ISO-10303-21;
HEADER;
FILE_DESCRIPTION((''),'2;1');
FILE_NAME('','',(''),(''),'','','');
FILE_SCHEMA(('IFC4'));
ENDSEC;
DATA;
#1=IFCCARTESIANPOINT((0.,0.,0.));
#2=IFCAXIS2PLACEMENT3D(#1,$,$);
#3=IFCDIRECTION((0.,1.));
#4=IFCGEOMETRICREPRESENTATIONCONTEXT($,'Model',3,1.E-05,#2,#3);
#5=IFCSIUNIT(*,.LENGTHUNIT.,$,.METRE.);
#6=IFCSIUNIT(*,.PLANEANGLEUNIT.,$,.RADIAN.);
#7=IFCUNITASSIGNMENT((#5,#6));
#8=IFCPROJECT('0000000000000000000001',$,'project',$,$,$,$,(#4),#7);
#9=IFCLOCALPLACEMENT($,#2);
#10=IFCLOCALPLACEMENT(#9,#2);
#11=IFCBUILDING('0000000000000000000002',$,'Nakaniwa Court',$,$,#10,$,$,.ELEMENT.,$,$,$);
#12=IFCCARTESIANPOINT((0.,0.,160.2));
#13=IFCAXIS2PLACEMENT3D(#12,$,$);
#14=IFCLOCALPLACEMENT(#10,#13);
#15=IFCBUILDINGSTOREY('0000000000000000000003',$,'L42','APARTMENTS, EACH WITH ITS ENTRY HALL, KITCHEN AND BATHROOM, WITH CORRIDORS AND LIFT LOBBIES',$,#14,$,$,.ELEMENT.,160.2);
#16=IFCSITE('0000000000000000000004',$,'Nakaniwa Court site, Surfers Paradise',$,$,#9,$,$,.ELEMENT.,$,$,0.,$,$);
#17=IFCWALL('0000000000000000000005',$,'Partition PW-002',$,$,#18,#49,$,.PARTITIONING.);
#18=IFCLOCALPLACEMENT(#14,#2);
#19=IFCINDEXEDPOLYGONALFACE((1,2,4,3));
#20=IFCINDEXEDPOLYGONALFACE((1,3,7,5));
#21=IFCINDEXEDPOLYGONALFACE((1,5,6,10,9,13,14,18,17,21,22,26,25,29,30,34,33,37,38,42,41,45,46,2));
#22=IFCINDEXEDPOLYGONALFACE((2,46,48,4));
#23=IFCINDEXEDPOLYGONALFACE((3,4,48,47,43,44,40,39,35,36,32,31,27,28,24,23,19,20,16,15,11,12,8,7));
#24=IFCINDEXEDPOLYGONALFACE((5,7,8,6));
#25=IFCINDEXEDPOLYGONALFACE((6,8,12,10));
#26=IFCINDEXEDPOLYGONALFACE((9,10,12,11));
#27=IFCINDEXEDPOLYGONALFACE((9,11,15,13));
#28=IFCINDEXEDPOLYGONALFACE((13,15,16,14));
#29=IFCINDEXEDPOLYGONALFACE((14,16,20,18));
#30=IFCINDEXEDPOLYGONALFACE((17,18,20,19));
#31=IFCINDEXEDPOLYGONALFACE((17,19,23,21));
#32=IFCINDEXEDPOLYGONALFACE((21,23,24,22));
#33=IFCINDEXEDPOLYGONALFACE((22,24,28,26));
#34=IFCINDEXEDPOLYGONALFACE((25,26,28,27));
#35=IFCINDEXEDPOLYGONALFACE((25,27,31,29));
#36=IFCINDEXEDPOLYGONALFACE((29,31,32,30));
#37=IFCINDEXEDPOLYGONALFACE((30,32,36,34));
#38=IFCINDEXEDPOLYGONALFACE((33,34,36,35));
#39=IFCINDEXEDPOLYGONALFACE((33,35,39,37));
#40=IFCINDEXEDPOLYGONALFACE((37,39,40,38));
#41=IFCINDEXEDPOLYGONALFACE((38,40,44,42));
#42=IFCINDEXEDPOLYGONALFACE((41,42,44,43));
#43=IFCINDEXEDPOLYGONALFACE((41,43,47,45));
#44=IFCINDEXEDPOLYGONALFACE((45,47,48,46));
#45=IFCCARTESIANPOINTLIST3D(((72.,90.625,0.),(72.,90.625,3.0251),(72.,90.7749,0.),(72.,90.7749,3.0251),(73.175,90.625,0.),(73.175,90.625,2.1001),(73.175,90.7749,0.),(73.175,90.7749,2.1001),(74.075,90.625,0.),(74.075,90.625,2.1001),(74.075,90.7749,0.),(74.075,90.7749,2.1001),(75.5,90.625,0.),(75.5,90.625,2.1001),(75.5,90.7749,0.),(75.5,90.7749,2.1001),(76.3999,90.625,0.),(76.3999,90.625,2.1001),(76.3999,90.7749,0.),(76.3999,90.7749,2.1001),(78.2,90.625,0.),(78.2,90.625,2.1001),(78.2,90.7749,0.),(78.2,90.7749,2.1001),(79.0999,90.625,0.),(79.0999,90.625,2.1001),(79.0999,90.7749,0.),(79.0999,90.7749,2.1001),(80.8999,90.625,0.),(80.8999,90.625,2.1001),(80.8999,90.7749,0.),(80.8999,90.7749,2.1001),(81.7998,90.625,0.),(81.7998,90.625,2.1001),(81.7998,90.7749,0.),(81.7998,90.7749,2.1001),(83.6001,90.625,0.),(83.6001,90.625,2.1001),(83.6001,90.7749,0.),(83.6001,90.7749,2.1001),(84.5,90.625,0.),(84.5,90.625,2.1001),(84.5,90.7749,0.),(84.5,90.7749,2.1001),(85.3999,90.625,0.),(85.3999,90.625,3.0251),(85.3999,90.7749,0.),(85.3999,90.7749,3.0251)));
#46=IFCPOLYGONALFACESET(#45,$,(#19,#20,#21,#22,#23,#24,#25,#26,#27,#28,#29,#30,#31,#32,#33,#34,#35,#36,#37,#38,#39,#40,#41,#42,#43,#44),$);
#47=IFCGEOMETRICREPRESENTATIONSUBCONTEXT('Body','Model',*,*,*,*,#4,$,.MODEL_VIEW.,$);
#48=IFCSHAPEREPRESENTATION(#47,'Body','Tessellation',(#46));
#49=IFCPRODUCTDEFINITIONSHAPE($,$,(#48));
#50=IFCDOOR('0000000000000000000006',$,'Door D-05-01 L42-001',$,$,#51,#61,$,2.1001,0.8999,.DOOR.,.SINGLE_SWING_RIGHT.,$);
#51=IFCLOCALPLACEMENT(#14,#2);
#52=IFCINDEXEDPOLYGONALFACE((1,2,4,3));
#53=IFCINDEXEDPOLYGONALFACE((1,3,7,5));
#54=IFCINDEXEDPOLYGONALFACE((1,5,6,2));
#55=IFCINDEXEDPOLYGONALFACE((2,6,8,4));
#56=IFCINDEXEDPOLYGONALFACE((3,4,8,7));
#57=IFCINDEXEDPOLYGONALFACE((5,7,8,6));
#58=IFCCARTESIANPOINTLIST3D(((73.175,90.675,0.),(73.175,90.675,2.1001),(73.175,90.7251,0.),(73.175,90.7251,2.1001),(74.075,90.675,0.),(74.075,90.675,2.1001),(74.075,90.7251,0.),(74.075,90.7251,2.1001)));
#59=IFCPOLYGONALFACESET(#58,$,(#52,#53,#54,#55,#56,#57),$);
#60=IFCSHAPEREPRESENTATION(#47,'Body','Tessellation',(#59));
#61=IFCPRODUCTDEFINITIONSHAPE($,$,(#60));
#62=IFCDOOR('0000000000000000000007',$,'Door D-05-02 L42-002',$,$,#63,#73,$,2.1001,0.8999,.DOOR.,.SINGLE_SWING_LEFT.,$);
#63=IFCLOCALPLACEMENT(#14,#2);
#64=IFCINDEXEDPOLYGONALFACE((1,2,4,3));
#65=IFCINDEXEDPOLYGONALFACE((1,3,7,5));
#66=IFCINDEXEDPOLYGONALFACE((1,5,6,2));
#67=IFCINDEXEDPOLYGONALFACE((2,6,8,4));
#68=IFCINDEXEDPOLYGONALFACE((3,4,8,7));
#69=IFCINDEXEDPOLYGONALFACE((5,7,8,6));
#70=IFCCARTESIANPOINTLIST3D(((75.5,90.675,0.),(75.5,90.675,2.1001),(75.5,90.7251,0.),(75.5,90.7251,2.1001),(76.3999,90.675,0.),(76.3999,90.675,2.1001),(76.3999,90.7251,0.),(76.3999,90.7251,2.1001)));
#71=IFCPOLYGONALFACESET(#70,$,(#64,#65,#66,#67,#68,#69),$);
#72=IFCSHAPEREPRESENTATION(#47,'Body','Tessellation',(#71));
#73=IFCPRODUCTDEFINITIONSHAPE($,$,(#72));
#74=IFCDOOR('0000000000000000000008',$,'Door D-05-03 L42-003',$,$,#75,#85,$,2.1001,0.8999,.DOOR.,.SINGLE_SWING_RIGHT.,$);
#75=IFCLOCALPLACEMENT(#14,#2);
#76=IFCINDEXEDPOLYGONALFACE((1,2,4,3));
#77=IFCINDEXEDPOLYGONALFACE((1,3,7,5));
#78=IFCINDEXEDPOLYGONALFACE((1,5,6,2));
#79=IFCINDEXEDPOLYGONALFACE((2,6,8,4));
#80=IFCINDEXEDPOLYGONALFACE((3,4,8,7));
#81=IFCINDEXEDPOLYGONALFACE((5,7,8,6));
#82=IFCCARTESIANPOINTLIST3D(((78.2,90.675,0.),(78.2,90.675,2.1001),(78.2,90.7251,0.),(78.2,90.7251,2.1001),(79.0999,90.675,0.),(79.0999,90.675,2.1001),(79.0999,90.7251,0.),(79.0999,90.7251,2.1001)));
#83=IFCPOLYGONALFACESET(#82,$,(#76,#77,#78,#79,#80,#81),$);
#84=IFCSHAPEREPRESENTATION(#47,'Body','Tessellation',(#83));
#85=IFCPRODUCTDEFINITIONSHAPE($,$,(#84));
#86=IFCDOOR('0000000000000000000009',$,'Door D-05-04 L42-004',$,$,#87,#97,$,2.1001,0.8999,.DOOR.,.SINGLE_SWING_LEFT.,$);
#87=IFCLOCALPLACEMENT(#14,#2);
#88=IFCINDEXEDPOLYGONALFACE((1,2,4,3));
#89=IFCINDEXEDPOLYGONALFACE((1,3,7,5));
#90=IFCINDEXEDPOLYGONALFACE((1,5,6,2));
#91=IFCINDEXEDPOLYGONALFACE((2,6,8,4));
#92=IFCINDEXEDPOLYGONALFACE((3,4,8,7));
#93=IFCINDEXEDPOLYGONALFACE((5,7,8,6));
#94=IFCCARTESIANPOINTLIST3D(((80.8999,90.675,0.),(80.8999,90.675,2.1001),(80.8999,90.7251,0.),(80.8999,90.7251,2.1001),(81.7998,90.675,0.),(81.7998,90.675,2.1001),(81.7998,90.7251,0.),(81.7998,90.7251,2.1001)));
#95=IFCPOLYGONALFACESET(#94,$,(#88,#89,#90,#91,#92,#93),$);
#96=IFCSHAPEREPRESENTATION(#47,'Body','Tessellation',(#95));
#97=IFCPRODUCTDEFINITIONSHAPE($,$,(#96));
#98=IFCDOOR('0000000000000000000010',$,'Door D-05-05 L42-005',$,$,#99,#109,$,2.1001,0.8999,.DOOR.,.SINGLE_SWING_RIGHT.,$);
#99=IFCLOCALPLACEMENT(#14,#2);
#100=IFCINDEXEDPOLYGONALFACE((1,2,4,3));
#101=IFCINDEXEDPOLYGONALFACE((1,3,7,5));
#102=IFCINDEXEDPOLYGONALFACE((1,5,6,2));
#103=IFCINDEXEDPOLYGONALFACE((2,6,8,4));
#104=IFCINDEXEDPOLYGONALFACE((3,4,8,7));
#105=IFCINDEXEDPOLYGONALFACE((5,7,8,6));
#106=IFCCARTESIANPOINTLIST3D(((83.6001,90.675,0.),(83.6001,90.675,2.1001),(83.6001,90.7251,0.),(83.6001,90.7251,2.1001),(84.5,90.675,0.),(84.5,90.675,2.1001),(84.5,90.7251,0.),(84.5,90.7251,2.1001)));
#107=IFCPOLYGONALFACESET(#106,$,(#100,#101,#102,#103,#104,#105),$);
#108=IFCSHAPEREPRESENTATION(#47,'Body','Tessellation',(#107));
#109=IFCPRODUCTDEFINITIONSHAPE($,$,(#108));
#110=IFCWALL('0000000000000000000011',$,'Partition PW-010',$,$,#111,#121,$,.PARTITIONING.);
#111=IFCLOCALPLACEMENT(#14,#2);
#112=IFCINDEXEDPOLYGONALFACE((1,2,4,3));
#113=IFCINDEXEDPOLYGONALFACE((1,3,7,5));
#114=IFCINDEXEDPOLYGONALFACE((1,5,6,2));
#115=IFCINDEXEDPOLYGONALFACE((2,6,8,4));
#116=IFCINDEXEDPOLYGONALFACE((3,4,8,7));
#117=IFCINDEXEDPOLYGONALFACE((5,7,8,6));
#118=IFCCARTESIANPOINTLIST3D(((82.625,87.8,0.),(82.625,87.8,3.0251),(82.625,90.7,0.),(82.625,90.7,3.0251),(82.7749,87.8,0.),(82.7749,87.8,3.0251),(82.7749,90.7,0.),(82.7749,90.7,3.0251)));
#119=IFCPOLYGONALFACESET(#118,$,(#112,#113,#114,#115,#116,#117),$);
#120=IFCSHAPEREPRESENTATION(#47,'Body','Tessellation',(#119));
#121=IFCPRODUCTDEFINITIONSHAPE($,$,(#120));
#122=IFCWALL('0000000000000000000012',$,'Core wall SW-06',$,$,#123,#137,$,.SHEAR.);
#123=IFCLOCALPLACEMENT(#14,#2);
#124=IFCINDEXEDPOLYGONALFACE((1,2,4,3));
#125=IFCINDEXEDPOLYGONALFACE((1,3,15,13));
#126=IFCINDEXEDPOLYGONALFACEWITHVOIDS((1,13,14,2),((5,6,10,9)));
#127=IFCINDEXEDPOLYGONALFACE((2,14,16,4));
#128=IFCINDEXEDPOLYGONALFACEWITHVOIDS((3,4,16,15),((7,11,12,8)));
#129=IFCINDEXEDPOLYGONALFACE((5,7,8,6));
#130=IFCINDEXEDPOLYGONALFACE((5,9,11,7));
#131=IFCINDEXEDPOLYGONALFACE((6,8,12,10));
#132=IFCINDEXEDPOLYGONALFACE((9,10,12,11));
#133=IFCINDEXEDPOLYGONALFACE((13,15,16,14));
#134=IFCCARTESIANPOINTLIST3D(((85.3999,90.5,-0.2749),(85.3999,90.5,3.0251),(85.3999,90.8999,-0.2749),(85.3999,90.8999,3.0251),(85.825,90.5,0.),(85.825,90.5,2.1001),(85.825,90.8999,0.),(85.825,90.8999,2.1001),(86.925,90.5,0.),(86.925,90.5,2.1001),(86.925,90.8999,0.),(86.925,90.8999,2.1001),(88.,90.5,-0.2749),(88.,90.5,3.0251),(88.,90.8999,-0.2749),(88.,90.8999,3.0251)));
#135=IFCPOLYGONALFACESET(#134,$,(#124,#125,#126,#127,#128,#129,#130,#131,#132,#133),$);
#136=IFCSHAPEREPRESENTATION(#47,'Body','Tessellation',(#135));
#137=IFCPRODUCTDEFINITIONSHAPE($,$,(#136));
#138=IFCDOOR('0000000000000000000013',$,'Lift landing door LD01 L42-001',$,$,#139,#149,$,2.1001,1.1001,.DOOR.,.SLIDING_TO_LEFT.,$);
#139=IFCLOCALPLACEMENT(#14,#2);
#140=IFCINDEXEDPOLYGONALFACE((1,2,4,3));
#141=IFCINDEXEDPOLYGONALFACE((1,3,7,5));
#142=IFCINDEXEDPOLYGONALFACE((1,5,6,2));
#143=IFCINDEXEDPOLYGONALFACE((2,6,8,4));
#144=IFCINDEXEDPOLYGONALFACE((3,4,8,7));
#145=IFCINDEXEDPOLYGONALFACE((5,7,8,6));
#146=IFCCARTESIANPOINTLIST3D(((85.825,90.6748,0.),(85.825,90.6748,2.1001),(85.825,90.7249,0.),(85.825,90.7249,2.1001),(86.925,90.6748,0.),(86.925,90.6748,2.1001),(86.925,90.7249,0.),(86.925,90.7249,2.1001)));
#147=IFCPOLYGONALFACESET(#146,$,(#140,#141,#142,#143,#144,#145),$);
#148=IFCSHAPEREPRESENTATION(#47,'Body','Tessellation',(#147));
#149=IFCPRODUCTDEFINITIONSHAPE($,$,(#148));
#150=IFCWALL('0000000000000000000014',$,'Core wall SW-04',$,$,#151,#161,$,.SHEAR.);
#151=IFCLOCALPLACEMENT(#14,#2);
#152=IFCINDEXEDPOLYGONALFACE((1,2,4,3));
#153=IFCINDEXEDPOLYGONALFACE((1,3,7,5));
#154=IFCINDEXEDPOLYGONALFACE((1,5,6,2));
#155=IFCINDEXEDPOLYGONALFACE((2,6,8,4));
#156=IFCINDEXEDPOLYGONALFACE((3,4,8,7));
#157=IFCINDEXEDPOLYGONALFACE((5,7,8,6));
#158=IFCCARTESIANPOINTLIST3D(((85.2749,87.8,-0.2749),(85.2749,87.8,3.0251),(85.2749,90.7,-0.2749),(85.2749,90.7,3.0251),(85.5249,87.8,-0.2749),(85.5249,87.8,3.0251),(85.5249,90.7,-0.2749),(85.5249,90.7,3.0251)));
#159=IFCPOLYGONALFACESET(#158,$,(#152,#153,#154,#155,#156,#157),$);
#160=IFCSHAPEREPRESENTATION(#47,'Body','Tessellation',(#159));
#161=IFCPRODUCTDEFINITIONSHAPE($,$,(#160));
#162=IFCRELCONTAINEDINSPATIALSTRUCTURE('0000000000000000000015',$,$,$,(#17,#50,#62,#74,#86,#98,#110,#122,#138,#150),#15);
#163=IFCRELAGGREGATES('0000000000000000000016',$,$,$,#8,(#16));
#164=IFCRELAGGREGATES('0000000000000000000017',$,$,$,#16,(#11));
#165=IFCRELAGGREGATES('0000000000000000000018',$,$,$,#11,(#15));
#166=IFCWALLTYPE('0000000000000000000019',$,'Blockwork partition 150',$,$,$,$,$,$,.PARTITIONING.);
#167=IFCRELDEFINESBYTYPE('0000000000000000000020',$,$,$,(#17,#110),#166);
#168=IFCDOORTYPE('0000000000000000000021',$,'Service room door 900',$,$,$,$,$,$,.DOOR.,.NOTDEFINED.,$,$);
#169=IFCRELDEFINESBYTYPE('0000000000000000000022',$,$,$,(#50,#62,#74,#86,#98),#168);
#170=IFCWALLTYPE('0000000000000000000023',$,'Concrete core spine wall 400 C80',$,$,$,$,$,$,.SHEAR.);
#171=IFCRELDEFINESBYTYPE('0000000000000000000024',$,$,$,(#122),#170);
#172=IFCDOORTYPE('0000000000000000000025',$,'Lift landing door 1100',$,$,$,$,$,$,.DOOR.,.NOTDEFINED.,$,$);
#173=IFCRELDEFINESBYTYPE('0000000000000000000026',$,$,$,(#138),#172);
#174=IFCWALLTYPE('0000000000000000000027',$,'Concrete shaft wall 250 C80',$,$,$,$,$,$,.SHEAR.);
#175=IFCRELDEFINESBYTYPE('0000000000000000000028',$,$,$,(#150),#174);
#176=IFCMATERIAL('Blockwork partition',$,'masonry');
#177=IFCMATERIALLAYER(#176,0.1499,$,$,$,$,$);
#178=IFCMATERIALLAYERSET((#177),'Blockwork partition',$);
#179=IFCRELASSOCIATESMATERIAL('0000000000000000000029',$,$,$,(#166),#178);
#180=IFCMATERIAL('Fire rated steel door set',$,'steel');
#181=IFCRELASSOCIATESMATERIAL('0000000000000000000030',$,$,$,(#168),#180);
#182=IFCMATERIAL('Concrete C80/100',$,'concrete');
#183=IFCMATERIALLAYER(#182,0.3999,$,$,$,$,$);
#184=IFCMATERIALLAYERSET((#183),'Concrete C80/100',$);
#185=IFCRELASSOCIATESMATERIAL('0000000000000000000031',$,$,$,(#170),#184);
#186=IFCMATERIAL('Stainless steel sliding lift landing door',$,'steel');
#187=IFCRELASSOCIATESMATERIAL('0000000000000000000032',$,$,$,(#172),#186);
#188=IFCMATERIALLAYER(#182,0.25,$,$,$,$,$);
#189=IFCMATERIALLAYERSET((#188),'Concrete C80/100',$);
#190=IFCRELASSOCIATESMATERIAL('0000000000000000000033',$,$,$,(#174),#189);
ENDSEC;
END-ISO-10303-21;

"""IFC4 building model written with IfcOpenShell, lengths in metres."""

from ifc_helpers import new_model, si_unit, direction, frame, frame_2d, origin, place, context, subcontext, project, spatial, rectangle, extrude, material, layer, layer_set, type_object, element, fill, save


model = new_model("IFC4")

# Units and contexts
model_context = context("Model", 3, precision=1e-05, world=origin(), true_north=direction((0.0, 1.0)))
body_context = subcontext(model_context, "Body", "Model", "MODEL_VIEW")
ifc_project = project(units=[si_unit("LENGTHUNIT", "METRE"), si_unit("PLANEANGLEUNIT", "RADIAN")], contexts=[model_context])

# Site, building, storey
site_placement = place(None, origin())
site = spatial("IfcSite", under=ifc_project, at=site_placement, Name="Nakaniwa Court site, Surfers Paradise", CompositionType="ELEMENT", RefElevation=0.0)
building_placement = place(site_placement, origin())
building = spatial("IfcBuilding", under=site, at=building_placement, Name="Nakaniwa Court", CompositionType="ELEMENT")
storey_placement = place(building_placement, frame((0.0, 0.0, 160.2)))
storey = spatial("IfcBuildingStorey", under=building, at=storey_placement, Name="L42", Description="APARTMENTS, EACH WITH ITS ENTRY HALL, KITCHEN AND BATHROOM, WITH CORRIDORS AND LIFT LOBBIES", CompositionType="ELEMENT", Elevation=160.2)

# Shared definitions
ifc_material_1 = material(Name="Concrete C80/100", Category="concrete")

# Wall, openings, doors
ifc_material_2 = material(Name="Blockwork partition", Category="masonry")
ifc_layer_1 = layer(ifc_material_2, 0.1499)
ifc_layer_set_1 = layer_set([ifc_layer_1], Name="Blockwork partition")
wall_type_1 = type_object("IfcWallType", Name="Blockwork partition 150", PredefinedType="PARTITIONING", material=ifc_layer_set_1)
wall_1_placement = place(storey_placement, frame((85.3999, 90.7, 0.0), z_axis=(0.0, 0.0, 1.0), x_axis=(-1.0, 0.0, 0.0)))
wall_1 = element("IfcWall", 1, at=wall_1_placement, inside=storey, type_object=wall_type_1, Name="Partition PW-002", PredefinedType="PARTITIONING", context=body_context, shape_type="SweptSolid", body=[
    extrude(rectangle(XDim=13.3999, YDim=0.1499, at=frame_2d((6.7, 0.0))), origin(), (0.0, 0.0, 1.0), 3.0251),
])
opening_1_placement = place(wall_1_placement, frame((11.325, 0.0, 0.0)))
opening_1 = element("IfcOpeningElement", 2, at=opening_1_placement, cuts=wall_1, PredefinedType="OPENING", context=body_context, shape_type="SweptSolid", body=[
    extrude(rectangle(XDim=0.8999, YDim=2.1001, at=frame_2d((0.45, 1.05))), frame((0.0, 0.085, 0.0), z_axis=(0.0, -1.0, 0.0), x_axis=(1.0, 0.0, 0.0)), (0.0, 0.0, 1.0), 0.1699),
])
opening_2_placement = place(wall_1_placement, frame((9.0, 0.0, 0.0)))
opening_2 = element("IfcOpeningElement", 3, at=opening_2_placement, cuts=wall_1, PredefinedType="OPENING", context=body_context, shape_type="SweptSolid", body=[
    extrude(rectangle(XDim=0.8999, YDim=2.1001, at=frame_2d((0.45, 1.05))), frame((0.0, 0.085, 0.0), z_axis=(0.0, -1.0, 0.0), x_axis=(1.0, 0.0, 0.0)), (0.0, 0.0, 1.0), 0.1699),
])
opening_3_placement = place(wall_1_placement, frame((6.3, 0.0, 0.0)))
opening_3 = element("IfcOpeningElement", 4, at=opening_3_placement, cuts=wall_1, PredefinedType="OPENING", context=body_context, shape_type="SweptSolid", body=[
    extrude(rectangle(XDim=0.8999, YDim=2.1001, at=frame_2d((0.45, 1.05))), frame((0.0, 0.085, 0.0), z_axis=(0.0, -1.0, 0.0), x_axis=(1.0, 0.0, 0.0)), (0.0, 0.0, 1.0), 0.1699),
])
opening_4_placement = place(wall_1_placement, frame((3.6001, 0.0, 0.0)))
opening_4 = element("IfcOpeningElement", 5, at=opening_4_placement, cuts=wall_1, PredefinedType="OPENING", context=body_context, shape_type="SweptSolid", body=[
    extrude(rectangle(XDim=0.8999, YDim=2.1001, at=frame_2d((0.45, 1.05))), frame((0.0, 0.085, 0.0), z_axis=(0.0, -1.0, 0.0), x_axis=(1.0, 0.0, 0.0)), (0.0, 0.0, 1.0), 0.1699),
])
opening_5_placement = place(wall_1_placement, frame((0.8999, 0.0, 0.0)))
opening_5 = element("IfcOpeningElement", 6, at=opening_5_placement, cuts=wall_1, PredefinedType="OPENING", context=body_context, shape_type="SweptSolid", body=[
    extrude(rectangle(XDim=0.8999, YDim=2.1001, at=frame_2d((0.45, 1.05))), frame((0.0, 0.085, 0.0), z_axis=(0.0, -1.0, 0.0), x_axis=(1.0, 0.0, 0.0)), (0.0, 0.0, 1.0), 0.1699),
])
ifc_material_3 = material(Name="Fire rated steel door set", Category="steel")
door_type_1 = type_object("IfcDoorType", Name="Service room door 900", OperationType="NOTDEFINED", PredefinedType="DOOR", material=ifc_material_3)
door_1_placement = place(opening_1_placement, origin())
door_1 = element("IfcDoor", 7, at=door_1_placement, inside=storey, type_object=door_type_1, Name="Door D-05-01 L42-001", OperationType="SINGLE_SWING_RIGHT", OverallHeight=2.1001, OverallWidth=0.8999, PredefinedType="DOOR", context=body_context, shape_type="SweptSolid", body=[
    extrude(rectangle(XDim=0.8999, YDim=2.1001, at=frame_2d((0.45, 1.05))), frame((0.0, 0.0249, 0.0), z_axis=(0.0, -1.0, 0.0), x_axis=(1.0, 0.0, 0.0)), (0.0, 0.0, 1.0), 0.05),
])
fill(opening_1, door_1)
door_2_placement = place(opening_2_placement, origin())
door_2 = element("IfcDoor", 8, at=door_2_placement, inside=storey, type_object=door_type_1, Name="Door D-05-02 L42-002", OperationType="SINGLE_SWING_LEFT", OverallHeight=2.1001, OverallWidth=0.8999, PredefinedType="DOOR", context=body_context, shape_type="SweptSolid", body=[
    extrude(rectangle(XDim=0.8999, YDim=2.1001, at=frame_2d((0.45, 1.05))), frame((0.0, 0.0249, 0.0), z_axis=(0.0, -1.0, 0.0), x_axis=(1.0, 0.0, 0.0)), (0.0, 0.0, 1.0), 0.05),
])
fill(opening_2, door_2)
door_3_placement = place(opening_3_placement, origin())
door_3 = element("IfcDoor", 9, at=door_3_placement, inside=storey, type_object=door_type_1, Name="Door D-05-03 L42-003", OperationType="SINGLE_SWING_RIGHT", OverallHeight=2.1001, OverallWidth=0.8999, PredefinedType="DOOR", context=body_context, shape_type="SweptSolid", body=[
    extrude(rectangle(XDim=0.8999, YDim=2.1001, at=frame_2d((0.45, 1.05))), frame((0.0, 0.0249, 0.0), z_axis=(0.0, -1.0, 0.0), x_axis=(1.0, 0.0, 0.0)), (0.0, 0.0, 1.0), 0.05),
])
fill(opening_3, door_3)
door_4_placement = place(opening_4_placement, origin())
door_4 = element("IfcDoor", 10, at=door_4_placement, inside=storey, type_object=door_type_1, Name="Door D-05-04 L42-004", OperationType="SINGLE_SWING_LEFT", OverallHeight=2.1001, OverallWidth=0.8999, PredefinedType="DOOR", context=body_context, shape_type="SweptSolid", body=[
    extrude(rectangle(XDim=0.8999, YDim=2.1001, at=frame_2d((0.45, 1.05))), frame((0.0, 0.0249, 0.0), z_axis=(0.0, -1.0, 0.0), x_axis=(1.0, 0.0, 0.0)), (0.0, 0.0, 1.0), 0.05),
])
fill(opening_4, door_4)
door_5_placement = place(opening_5_placement, origin())
door_5 = element("IfcDoor", 11, at=door_5_placement, inside=storey, type_object=door_type_1, Name="Door D-05-05 L42-005", OperationType="SINGLE_SWING_RIGHT", OverallHeight=2.1001, OverallWidth=0.8999, PredefinedType="DOOR", context=body_context, shape_type="SweptSolid", body=[
    extrude(rectangle(XDim=0.8999, YDim=2.1001, at=frame_2d((0.45, 1.05))), frame((0.0, 0.0249, 0.0), z_axis=(0.0, -1.0, 0.0), x_axis=(1.0, 0.0, 0.0)), (0.0, 0.0, 1.0), 0.05),
])
fill(opening_5, door_5)

# Wall
wall_2_placement = place(storey_placement, frame((82.7, 87.8, 0.0), z_axis=(0.0, 0.0, 1.0), x_axis=(0.0, 1.0, 0.0)))
element("IfcWall", 12, at=wall_2_placement, inside=storey, type_object=wall_type_1, Name="Partition PW-010", PredefinedType="PARTITIONING", context=body_context, shape_type="SweptSolid", body=[
    extrude(rectangle(XDim=2.8999, YDim=0.1499, at=frame_2d((1.45, 0.0))), origin(), (0.0, 0.0, 1.0), 3.0251),
])

# Wall, opening, door
ifc_layer_2 = layer(ifc_material_1, 0.3999)
ifc_layer_set_2 = layer_set([ifc_layer_2], Name="Concrete C80/100")
wall_type_2 = type_object("IfcWallType", Name="Concrete core spine wall 400 C80", PredefinedType="SHEAR", material=ifc_layer_set_2)
wall_3_placement = place(storey_placement, frame((85.3999, 90.7, -0.2749), z_axis=(0.0, 0.0, 1.0), x_axis=(1.0, 0.0, 0.0)))
wall_3 = element("IfcWall", 13, at=wall_3_placement, inside=storey, type_object=wall_type_2, Name="Core wall SW-06", PredefinedType="SHEAR", context=body_context, shape_type="SweptSolid", body=[
    extrude(rectangle(XDim=2.6001, YDim=0.3999, at=frame_2d((1.3, 0.0))), origin(), (0.0, 0.0, 1.0), 3.3),
])
opening_6_placement = place(wall_3_placement, frame((0.425, 0.0, 0.2749)))
opening_6 = element("IfcOpeningElement", 14, at=opening_6_placement, cuts=wall_3, PredefinedType="OPENING", context=body_context, shape_type="SweptSolid", body=[
    extrude(rectangle(XDim=1.1001, YDim=2.1001, at=frame_2d((0.55, 1.05))), frame((0.0, 0.21, 0.0), z_axis=(0.0, -1.0, 0.0), x_axis=(1.0, 0.0, 0.0)), (0.0, 0.0, 1.0), 0.4199),
])
ifc_material_4 = material(Name="Stainless steel sliding lift landing door", Category="steel")
door_type_2 = type_object("IfcDoorType", Name="Lift landing door 1100", OperationType="NOTDEFINED", PredefinedType="DOOR", material=ifc_material_4)
door_6_placement = place(opening_6_placement, origin())
door_6 = element("IfcDoor", 15, at=door_6_placement, inside=storey, type_object=door_type_2, Name="Lift landing door LD01 L42-001", OperationType="SLIDING_TO_LEFT", OverallHeight=2.1001, OverallWidth=1.1001, PredefinedType="DOOR", context=body_context, shape_type="SweptSolid", body=[
    extrude(rectangle(XDim=1.1001, YDim=2.1001, at=frame_2d((0.55, 1.05))), frame((0.0, 0.0249, 0.0), z_axis=(0.0, -1.0, 0.0), x_axis=(1.0, 0.0, 0.0)), (0.0, 0.0, 1.0), 0.05),
])
fill(opening_6, door_6)

# Wall
ifc_layer_3 = layer(ifc_material_1, 0.25)
ifc_layer_set_3 = layer_set([ifc_layer_3], Name="Concrete C80/100")
wall_type_3 = type_object("IfcWallType", Name="Concrete shaft wall 250 C80", PredefinedType="SHEAR", material=ifc_layer_set_3)
wall_4_placement = place(storey_placement, frame((85.3999, 87.8, -0.2749), z_axis=(0.0, 0.0, 1.0), x_axis=(0.0, 1.0, 0.0)))
element("IfcWall", 16, at=wall_4_placement, inside=storey, type_object=wall_type_3, Name="Core wall SW-04", PredefinedType="SHEAR", context=body_context, shape_type="SweptSolid", body=[
    extrude(rectangle(XDim=2.8999, YDim=0.25, at=frame_2d((1.45, 0.0))), origin(), (0.0, 0.0, 1.0), 3.3),
])

save(model, "model.ifc")
